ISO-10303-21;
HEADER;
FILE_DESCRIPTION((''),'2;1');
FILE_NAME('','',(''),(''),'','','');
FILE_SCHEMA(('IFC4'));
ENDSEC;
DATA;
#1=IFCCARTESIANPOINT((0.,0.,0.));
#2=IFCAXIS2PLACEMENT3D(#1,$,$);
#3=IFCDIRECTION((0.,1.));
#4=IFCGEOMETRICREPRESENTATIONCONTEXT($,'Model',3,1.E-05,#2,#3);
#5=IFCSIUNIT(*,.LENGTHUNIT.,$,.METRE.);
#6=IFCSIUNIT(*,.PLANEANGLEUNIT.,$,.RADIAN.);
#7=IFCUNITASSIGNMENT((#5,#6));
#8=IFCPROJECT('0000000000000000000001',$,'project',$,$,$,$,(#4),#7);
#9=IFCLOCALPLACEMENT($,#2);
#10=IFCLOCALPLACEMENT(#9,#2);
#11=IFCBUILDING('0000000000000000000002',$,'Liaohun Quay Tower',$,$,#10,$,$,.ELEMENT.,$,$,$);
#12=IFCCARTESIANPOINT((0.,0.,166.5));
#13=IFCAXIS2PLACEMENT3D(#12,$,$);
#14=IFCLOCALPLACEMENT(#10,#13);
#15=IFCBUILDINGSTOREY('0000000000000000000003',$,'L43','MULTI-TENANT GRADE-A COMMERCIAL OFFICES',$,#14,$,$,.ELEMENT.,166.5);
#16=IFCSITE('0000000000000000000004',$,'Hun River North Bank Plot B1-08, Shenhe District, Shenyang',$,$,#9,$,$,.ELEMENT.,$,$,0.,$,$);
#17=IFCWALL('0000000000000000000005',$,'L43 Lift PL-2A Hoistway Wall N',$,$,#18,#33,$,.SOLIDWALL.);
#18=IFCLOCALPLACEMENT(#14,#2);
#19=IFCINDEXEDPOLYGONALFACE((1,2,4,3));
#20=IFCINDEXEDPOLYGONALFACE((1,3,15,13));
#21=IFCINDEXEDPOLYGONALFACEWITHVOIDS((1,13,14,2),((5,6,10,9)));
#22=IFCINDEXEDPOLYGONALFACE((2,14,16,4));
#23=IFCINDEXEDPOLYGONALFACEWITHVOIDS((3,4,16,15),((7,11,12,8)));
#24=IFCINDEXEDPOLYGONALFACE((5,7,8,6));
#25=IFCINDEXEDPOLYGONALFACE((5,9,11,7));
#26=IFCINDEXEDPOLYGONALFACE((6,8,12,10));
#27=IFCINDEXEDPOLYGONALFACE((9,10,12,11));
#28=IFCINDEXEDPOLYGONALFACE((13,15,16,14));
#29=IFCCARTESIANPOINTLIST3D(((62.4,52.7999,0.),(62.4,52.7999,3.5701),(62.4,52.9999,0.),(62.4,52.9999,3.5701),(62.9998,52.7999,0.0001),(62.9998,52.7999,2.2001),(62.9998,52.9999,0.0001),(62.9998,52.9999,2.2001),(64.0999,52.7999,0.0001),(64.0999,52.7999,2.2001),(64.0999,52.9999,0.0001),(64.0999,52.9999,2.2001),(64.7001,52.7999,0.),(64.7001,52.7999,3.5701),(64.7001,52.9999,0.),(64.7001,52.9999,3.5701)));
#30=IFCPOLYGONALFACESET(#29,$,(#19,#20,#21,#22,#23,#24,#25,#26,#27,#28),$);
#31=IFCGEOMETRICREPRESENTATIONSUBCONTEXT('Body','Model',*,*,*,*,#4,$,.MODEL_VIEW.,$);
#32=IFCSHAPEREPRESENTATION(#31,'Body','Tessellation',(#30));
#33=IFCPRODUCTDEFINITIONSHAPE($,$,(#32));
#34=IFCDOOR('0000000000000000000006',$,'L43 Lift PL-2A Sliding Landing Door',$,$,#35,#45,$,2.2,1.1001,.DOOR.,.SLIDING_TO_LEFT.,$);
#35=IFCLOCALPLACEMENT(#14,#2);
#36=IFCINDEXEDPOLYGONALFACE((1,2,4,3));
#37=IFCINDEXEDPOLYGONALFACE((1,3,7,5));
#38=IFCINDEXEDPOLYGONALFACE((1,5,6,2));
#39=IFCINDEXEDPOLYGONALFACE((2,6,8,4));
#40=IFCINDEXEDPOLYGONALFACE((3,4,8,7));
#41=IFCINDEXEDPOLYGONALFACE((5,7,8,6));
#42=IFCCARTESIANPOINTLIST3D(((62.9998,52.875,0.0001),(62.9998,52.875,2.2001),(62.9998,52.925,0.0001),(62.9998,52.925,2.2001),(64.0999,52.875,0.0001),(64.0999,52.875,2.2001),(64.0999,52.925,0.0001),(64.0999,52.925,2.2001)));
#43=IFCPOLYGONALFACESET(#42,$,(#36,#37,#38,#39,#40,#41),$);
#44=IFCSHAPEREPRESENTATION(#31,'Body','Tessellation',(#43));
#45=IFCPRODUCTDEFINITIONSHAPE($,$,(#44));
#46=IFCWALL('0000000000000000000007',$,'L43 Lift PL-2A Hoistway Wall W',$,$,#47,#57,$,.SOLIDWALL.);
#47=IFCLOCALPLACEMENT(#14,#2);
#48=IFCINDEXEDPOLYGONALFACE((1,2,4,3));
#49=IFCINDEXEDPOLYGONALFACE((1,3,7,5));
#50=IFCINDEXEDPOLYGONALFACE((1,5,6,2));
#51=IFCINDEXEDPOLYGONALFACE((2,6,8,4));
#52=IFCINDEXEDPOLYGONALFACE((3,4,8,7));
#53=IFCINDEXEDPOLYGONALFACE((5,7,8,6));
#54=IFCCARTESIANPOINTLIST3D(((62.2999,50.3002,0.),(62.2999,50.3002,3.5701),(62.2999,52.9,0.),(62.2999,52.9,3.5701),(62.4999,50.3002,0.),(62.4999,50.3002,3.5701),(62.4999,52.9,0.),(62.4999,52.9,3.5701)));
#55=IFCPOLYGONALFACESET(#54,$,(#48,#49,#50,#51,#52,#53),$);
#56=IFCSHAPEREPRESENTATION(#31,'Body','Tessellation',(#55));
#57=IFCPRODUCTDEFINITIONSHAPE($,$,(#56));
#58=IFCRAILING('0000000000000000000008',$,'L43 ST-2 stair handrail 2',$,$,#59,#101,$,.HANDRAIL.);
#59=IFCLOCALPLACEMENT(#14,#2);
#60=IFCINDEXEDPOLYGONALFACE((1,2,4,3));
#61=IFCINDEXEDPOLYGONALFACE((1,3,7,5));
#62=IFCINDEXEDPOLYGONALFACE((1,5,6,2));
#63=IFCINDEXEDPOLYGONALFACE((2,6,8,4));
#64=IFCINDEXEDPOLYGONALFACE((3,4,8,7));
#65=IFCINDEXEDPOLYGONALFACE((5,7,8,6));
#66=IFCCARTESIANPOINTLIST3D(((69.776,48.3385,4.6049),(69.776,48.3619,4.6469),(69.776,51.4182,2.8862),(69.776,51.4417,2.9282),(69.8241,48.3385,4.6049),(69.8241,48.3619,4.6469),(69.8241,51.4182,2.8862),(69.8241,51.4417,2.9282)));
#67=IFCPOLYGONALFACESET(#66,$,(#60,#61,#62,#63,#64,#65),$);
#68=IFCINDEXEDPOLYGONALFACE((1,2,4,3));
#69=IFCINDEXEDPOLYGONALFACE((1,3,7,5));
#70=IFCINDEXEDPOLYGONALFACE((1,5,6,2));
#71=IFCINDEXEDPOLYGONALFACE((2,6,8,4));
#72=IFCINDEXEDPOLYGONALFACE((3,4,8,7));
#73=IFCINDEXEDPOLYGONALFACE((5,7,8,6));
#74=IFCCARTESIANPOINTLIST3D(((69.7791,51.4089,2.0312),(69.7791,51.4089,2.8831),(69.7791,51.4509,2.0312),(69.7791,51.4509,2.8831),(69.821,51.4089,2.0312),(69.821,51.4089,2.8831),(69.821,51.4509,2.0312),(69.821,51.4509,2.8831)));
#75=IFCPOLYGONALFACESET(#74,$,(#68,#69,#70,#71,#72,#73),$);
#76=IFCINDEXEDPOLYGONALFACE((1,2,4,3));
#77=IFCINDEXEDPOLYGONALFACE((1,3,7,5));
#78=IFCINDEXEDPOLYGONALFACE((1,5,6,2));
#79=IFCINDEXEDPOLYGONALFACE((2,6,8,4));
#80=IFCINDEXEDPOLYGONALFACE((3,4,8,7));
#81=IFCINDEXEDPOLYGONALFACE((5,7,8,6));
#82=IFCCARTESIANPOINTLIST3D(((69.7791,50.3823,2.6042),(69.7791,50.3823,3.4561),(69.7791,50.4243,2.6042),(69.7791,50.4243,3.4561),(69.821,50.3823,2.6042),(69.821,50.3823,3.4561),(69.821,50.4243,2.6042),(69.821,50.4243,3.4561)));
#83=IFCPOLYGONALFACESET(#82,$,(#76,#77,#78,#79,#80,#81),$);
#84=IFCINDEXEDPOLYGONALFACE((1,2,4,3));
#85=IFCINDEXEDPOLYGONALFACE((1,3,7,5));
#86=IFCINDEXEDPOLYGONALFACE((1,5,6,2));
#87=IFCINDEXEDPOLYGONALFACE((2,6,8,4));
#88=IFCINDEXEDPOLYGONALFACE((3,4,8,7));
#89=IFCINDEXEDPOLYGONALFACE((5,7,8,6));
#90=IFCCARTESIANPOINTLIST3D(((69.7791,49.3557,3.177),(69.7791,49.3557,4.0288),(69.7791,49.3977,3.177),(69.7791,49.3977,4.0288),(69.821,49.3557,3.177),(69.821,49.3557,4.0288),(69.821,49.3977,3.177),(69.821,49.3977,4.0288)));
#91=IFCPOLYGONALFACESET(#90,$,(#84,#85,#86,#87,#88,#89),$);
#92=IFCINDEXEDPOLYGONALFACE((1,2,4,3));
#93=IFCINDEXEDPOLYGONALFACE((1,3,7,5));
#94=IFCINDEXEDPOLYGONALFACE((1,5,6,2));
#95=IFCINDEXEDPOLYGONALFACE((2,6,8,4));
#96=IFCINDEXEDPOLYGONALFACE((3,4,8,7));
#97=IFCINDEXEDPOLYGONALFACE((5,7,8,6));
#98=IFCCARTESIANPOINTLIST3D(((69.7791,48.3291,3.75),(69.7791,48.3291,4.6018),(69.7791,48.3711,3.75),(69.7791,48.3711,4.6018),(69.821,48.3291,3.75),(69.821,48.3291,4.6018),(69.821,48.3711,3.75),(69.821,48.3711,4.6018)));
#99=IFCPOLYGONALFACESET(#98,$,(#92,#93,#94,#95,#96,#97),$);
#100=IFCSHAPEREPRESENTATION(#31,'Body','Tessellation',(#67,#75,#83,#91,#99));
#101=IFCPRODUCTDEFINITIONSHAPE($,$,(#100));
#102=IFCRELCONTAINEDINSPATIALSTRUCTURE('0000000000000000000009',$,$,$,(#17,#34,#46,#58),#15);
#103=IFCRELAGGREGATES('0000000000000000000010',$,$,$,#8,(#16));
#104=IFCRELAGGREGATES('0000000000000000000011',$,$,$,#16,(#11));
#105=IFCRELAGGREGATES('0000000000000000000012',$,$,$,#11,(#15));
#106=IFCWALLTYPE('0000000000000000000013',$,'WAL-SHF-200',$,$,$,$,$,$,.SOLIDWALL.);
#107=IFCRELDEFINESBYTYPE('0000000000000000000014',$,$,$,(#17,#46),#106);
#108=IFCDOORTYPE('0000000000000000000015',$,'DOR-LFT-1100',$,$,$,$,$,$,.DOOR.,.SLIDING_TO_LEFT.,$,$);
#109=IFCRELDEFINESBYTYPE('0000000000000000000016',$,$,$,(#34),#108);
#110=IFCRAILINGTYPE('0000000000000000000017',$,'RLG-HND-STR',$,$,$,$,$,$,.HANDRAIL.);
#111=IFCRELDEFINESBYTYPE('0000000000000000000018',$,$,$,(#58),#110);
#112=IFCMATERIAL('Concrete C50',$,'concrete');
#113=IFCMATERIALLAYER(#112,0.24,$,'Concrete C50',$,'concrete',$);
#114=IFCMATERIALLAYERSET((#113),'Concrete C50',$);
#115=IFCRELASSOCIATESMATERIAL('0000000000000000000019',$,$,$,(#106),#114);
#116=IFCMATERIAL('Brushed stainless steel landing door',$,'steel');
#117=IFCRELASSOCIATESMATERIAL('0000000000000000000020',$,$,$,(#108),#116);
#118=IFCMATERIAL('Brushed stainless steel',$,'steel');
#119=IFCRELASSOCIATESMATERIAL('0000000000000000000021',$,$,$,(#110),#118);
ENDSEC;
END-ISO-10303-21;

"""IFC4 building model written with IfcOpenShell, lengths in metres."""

from ifc_helpers import new_model, si_unit, direction, frame, frame_2d, origin, origin_2d, place, context, subcontext, project, spatial, rectangle, extrude, source, transform, mapped, material, layer, layer_set, type_object, element, fill, save


model = new_model("IFC4")

# Units and contexts
model_context = context("Model", 3, precision=1e-05, world=origin(), true_north=direction((0.0, 1.0)))
body_context = subcontext(model_context, "Body", "Model", "MODEL_VIEW")
ifc_project = project(units=[si_unit("LENGTHUNIT", "METRE"), si_unit("PLANEANGLEUNIT", "RADIAN")], contexts=[model_context])

# Site, building, storey
site_placement = place(None, origin())
site = spatial("IfcSite", under=ifc_project, at=site_placement, Name="Hun River North Bank Plot B1-08, Shenhe District, Shenyang", CompositionType="ELEMENT", RefElevation=0.0)
building_placement = place(site_placement, origin())
building = spatial("IfcBuilding", under=site, at=building_placement, Name="Liaohun Quay Tower", CompositionType="ELEMENT")
storey_placement = place(building_placement, frame((0.0, 0.0, 166.5)))
storey = spatial("IfcBuildingStorey", under=building, at=storey_placement, Name="L43", Description="MULTI-TENANT GRADE-A COMMERCIAL OFFICES", CompositionType="ELEMENT", Elevation=166.5)

# Shared definitions
ifc_material_1 = material(Name="Concrete C50", Category="concrete")
ifc_layer_1 = layer(ifc_material_1, 0.24, Name="Concrete C50", Category="concrete")
ifc_layer_set_1 = layer_set([ifc_layer_1], Name="Concrete C50")
wall_type_1 = type_object("IfcWallType", Name="WAL-SHF-200", PredefinedType="SOLIDWALL", material=ifc_layer_set_1)

# Wall, opening, door
wall_1_placement = place(storey_placement, frame((64.7, 52.8999, 0.0), z_axis=(0.0, 0.0, 1.0), x_axis=(-1.0, 0.0, 0.0)))
wall_1 = element("IfcWall", 1, at=wall_1_placement, inside=storey, type_object=wall_type_1, Name="L43 Lift PL-2A Hoistway Wall N", PredefinedType="SOLIDWALL", context=body_context, shape_type="SweptSolid", body=[
    extrude(rectangle(XDim=2.3, YDim=0.2, at=frame_2d((1.1499, 0.0))), origin(), (0.0, 0.0, 1.0), 3.5701),
])
shared_shape_1 = source(origin(), body_context, "Body", "SweptSolid", [
    extrude(rectangle(XDim=1.1001, YDim=2.2, at=frame_2d((0.55, 1.1001))), frame((0.0, 0.1099, 0.0), z_axis=(0.0, -1.0, 0.0), x_axis=(1.0, 0.0, 0.0)), (0.0, 0.0, 1.0), 0.22),
])
opening_1_placement = place(wall_1_placement, frame((0.6001, 0.0, 0.0)))
opening_1 = element("IfcOpeningElement", 2, at=opening_1_placement, cuts=wall_1, PredefinedType="OPENING", context=body_context, shape_type="MappedRepresentation", body=[
    mapped(shared_shape_1, transform((0.0, 0.0, 0.0), x_axis=(1.0, 0.0, 0.0), y_axis=(0.0, 1.0, 0.0), z_axis=(0.0, 0.0, 1.0), scale=1.0)),
])
ifc_material_2 = material(Name="Brushed stainless steel landing door", Category="steel")
door_type_1 = type_object("IfcDoorType", Name="DOR-LFT-1100", OperationType="SLIDING_TO_LEFT", PredefinedType="DOOR", material=ifc_material_2)
shared_shape_2 = source(origin(), body_context, "Body", "SweptSolid", [
    extrude(rectangle(XDim=1.1001, YDim=2.2, at=frame_2d((0.55, 1.1001))), frame((0.0, 0.0249, 0.0), z_axis=(0.0, -1.0, 0.0), x_axis=(1.0, 0.0, 0.0)), (0.0, 0.0, 1.0), 0.05),
])
door_1_placement = place(opening_1_placement, origin())
door_1 = element("IfcDoor", 3, at=door_1_placement, inside=storey, type_object=door_type_1, Name="L43 Lift PL-2A Sliding Landing Door", OperationType="SLIDING_TO_LEFT", OverallHeight=2.2, OverallWidth=1.1001, PredefinedType="DOOR", context=body_context, shape_type="MappedRepresentation", body=[
    mapped(shared_shape_2, transform((0.0, 0.0, 0.0), x_axis=(1.0, 0.0, 0.0), y_axis=(0.0, 1.0, 0.0), z_axis=(0.0, 0.0, 1.0), scale=1.0)),
])
fill(opening_1, door_1)

# Wall
wall_2_placement = place(storey_placement, frame((62.3999, 52.8999, 0.0), z_axis=(0.0, 0.0, 1.0), x_axis=(0.0, -1.0, 0.0)))
element("IfcWall", 4, at=wall_2_placement, inside=storey, type_object=wall_type_1, Name="L43 Lift PL-2A Hoistway Wall W", PredefinedType="SOLIDWALL", context=body_context, shape_type="SweptSolid", body=[
    extrude(rectangle(XDim=2.5999, YDim=0.2, at=frame_2d((1.2998, 0.0))), origin(), (0.0, 0.0, 1.0), 3.5701),
])

# Railing
ifc_material_3 = material(Name="Brushed stainless steel", Category="steel")
railing_type = type_object("IfcRailingType", Name="RLG-HND-STR", PredefinedType="HANDRAIL", material=ifc_material_3)
railing_placement = place(storey_placement, frame((69.8, 51.4299, 2.0312)))
element("IfcRailing", 5, at=railing_placement, inside=storey, type_object=railing_type, Name="L43 ST-2 stair handrail 2", PredefinedType="HANDRAIL", context=body_context, shape_type="SweptSolid", body=[
    extrude(rectangle(XDim=0.0481, YDim=0.0481, at=origin_2d()), frame((0.0, 0.0, 0.876), z_axis=(0.0, -0.873225, 0.487317), x_axis=(1.0, 0.0, 0.0)), (0.0, 0.0, 1.0), 3.5269),
    extrude(rectangle(XDim=0.042, YDim=0.042, at=origin_2d()), origin(), (0.0, 0.0, 1.0), 0.8518),
    extrude(rectangle(XDim=0.042, YDim=0.042, at=origin_2d()), frame((0.0, -1.0266, 0.573)), (0.0, 0.0, 1.0), 0.8518),
    extrude(rectangle(XDim=0.042, YDim=0.042, at=origin_2d()), frame((0.0, -2.0532, 1.1458)), (0.0, 0.0, 1.0), 0.8518),
    extrude(rectangle(XDim=0.042, YDim=0.042, at=origin_2d()), frame((0.0, -3.0798, 1.7188)), (0.0, 0.0, 1.0), 0.8518),
])

save(model, "model.ifc")
